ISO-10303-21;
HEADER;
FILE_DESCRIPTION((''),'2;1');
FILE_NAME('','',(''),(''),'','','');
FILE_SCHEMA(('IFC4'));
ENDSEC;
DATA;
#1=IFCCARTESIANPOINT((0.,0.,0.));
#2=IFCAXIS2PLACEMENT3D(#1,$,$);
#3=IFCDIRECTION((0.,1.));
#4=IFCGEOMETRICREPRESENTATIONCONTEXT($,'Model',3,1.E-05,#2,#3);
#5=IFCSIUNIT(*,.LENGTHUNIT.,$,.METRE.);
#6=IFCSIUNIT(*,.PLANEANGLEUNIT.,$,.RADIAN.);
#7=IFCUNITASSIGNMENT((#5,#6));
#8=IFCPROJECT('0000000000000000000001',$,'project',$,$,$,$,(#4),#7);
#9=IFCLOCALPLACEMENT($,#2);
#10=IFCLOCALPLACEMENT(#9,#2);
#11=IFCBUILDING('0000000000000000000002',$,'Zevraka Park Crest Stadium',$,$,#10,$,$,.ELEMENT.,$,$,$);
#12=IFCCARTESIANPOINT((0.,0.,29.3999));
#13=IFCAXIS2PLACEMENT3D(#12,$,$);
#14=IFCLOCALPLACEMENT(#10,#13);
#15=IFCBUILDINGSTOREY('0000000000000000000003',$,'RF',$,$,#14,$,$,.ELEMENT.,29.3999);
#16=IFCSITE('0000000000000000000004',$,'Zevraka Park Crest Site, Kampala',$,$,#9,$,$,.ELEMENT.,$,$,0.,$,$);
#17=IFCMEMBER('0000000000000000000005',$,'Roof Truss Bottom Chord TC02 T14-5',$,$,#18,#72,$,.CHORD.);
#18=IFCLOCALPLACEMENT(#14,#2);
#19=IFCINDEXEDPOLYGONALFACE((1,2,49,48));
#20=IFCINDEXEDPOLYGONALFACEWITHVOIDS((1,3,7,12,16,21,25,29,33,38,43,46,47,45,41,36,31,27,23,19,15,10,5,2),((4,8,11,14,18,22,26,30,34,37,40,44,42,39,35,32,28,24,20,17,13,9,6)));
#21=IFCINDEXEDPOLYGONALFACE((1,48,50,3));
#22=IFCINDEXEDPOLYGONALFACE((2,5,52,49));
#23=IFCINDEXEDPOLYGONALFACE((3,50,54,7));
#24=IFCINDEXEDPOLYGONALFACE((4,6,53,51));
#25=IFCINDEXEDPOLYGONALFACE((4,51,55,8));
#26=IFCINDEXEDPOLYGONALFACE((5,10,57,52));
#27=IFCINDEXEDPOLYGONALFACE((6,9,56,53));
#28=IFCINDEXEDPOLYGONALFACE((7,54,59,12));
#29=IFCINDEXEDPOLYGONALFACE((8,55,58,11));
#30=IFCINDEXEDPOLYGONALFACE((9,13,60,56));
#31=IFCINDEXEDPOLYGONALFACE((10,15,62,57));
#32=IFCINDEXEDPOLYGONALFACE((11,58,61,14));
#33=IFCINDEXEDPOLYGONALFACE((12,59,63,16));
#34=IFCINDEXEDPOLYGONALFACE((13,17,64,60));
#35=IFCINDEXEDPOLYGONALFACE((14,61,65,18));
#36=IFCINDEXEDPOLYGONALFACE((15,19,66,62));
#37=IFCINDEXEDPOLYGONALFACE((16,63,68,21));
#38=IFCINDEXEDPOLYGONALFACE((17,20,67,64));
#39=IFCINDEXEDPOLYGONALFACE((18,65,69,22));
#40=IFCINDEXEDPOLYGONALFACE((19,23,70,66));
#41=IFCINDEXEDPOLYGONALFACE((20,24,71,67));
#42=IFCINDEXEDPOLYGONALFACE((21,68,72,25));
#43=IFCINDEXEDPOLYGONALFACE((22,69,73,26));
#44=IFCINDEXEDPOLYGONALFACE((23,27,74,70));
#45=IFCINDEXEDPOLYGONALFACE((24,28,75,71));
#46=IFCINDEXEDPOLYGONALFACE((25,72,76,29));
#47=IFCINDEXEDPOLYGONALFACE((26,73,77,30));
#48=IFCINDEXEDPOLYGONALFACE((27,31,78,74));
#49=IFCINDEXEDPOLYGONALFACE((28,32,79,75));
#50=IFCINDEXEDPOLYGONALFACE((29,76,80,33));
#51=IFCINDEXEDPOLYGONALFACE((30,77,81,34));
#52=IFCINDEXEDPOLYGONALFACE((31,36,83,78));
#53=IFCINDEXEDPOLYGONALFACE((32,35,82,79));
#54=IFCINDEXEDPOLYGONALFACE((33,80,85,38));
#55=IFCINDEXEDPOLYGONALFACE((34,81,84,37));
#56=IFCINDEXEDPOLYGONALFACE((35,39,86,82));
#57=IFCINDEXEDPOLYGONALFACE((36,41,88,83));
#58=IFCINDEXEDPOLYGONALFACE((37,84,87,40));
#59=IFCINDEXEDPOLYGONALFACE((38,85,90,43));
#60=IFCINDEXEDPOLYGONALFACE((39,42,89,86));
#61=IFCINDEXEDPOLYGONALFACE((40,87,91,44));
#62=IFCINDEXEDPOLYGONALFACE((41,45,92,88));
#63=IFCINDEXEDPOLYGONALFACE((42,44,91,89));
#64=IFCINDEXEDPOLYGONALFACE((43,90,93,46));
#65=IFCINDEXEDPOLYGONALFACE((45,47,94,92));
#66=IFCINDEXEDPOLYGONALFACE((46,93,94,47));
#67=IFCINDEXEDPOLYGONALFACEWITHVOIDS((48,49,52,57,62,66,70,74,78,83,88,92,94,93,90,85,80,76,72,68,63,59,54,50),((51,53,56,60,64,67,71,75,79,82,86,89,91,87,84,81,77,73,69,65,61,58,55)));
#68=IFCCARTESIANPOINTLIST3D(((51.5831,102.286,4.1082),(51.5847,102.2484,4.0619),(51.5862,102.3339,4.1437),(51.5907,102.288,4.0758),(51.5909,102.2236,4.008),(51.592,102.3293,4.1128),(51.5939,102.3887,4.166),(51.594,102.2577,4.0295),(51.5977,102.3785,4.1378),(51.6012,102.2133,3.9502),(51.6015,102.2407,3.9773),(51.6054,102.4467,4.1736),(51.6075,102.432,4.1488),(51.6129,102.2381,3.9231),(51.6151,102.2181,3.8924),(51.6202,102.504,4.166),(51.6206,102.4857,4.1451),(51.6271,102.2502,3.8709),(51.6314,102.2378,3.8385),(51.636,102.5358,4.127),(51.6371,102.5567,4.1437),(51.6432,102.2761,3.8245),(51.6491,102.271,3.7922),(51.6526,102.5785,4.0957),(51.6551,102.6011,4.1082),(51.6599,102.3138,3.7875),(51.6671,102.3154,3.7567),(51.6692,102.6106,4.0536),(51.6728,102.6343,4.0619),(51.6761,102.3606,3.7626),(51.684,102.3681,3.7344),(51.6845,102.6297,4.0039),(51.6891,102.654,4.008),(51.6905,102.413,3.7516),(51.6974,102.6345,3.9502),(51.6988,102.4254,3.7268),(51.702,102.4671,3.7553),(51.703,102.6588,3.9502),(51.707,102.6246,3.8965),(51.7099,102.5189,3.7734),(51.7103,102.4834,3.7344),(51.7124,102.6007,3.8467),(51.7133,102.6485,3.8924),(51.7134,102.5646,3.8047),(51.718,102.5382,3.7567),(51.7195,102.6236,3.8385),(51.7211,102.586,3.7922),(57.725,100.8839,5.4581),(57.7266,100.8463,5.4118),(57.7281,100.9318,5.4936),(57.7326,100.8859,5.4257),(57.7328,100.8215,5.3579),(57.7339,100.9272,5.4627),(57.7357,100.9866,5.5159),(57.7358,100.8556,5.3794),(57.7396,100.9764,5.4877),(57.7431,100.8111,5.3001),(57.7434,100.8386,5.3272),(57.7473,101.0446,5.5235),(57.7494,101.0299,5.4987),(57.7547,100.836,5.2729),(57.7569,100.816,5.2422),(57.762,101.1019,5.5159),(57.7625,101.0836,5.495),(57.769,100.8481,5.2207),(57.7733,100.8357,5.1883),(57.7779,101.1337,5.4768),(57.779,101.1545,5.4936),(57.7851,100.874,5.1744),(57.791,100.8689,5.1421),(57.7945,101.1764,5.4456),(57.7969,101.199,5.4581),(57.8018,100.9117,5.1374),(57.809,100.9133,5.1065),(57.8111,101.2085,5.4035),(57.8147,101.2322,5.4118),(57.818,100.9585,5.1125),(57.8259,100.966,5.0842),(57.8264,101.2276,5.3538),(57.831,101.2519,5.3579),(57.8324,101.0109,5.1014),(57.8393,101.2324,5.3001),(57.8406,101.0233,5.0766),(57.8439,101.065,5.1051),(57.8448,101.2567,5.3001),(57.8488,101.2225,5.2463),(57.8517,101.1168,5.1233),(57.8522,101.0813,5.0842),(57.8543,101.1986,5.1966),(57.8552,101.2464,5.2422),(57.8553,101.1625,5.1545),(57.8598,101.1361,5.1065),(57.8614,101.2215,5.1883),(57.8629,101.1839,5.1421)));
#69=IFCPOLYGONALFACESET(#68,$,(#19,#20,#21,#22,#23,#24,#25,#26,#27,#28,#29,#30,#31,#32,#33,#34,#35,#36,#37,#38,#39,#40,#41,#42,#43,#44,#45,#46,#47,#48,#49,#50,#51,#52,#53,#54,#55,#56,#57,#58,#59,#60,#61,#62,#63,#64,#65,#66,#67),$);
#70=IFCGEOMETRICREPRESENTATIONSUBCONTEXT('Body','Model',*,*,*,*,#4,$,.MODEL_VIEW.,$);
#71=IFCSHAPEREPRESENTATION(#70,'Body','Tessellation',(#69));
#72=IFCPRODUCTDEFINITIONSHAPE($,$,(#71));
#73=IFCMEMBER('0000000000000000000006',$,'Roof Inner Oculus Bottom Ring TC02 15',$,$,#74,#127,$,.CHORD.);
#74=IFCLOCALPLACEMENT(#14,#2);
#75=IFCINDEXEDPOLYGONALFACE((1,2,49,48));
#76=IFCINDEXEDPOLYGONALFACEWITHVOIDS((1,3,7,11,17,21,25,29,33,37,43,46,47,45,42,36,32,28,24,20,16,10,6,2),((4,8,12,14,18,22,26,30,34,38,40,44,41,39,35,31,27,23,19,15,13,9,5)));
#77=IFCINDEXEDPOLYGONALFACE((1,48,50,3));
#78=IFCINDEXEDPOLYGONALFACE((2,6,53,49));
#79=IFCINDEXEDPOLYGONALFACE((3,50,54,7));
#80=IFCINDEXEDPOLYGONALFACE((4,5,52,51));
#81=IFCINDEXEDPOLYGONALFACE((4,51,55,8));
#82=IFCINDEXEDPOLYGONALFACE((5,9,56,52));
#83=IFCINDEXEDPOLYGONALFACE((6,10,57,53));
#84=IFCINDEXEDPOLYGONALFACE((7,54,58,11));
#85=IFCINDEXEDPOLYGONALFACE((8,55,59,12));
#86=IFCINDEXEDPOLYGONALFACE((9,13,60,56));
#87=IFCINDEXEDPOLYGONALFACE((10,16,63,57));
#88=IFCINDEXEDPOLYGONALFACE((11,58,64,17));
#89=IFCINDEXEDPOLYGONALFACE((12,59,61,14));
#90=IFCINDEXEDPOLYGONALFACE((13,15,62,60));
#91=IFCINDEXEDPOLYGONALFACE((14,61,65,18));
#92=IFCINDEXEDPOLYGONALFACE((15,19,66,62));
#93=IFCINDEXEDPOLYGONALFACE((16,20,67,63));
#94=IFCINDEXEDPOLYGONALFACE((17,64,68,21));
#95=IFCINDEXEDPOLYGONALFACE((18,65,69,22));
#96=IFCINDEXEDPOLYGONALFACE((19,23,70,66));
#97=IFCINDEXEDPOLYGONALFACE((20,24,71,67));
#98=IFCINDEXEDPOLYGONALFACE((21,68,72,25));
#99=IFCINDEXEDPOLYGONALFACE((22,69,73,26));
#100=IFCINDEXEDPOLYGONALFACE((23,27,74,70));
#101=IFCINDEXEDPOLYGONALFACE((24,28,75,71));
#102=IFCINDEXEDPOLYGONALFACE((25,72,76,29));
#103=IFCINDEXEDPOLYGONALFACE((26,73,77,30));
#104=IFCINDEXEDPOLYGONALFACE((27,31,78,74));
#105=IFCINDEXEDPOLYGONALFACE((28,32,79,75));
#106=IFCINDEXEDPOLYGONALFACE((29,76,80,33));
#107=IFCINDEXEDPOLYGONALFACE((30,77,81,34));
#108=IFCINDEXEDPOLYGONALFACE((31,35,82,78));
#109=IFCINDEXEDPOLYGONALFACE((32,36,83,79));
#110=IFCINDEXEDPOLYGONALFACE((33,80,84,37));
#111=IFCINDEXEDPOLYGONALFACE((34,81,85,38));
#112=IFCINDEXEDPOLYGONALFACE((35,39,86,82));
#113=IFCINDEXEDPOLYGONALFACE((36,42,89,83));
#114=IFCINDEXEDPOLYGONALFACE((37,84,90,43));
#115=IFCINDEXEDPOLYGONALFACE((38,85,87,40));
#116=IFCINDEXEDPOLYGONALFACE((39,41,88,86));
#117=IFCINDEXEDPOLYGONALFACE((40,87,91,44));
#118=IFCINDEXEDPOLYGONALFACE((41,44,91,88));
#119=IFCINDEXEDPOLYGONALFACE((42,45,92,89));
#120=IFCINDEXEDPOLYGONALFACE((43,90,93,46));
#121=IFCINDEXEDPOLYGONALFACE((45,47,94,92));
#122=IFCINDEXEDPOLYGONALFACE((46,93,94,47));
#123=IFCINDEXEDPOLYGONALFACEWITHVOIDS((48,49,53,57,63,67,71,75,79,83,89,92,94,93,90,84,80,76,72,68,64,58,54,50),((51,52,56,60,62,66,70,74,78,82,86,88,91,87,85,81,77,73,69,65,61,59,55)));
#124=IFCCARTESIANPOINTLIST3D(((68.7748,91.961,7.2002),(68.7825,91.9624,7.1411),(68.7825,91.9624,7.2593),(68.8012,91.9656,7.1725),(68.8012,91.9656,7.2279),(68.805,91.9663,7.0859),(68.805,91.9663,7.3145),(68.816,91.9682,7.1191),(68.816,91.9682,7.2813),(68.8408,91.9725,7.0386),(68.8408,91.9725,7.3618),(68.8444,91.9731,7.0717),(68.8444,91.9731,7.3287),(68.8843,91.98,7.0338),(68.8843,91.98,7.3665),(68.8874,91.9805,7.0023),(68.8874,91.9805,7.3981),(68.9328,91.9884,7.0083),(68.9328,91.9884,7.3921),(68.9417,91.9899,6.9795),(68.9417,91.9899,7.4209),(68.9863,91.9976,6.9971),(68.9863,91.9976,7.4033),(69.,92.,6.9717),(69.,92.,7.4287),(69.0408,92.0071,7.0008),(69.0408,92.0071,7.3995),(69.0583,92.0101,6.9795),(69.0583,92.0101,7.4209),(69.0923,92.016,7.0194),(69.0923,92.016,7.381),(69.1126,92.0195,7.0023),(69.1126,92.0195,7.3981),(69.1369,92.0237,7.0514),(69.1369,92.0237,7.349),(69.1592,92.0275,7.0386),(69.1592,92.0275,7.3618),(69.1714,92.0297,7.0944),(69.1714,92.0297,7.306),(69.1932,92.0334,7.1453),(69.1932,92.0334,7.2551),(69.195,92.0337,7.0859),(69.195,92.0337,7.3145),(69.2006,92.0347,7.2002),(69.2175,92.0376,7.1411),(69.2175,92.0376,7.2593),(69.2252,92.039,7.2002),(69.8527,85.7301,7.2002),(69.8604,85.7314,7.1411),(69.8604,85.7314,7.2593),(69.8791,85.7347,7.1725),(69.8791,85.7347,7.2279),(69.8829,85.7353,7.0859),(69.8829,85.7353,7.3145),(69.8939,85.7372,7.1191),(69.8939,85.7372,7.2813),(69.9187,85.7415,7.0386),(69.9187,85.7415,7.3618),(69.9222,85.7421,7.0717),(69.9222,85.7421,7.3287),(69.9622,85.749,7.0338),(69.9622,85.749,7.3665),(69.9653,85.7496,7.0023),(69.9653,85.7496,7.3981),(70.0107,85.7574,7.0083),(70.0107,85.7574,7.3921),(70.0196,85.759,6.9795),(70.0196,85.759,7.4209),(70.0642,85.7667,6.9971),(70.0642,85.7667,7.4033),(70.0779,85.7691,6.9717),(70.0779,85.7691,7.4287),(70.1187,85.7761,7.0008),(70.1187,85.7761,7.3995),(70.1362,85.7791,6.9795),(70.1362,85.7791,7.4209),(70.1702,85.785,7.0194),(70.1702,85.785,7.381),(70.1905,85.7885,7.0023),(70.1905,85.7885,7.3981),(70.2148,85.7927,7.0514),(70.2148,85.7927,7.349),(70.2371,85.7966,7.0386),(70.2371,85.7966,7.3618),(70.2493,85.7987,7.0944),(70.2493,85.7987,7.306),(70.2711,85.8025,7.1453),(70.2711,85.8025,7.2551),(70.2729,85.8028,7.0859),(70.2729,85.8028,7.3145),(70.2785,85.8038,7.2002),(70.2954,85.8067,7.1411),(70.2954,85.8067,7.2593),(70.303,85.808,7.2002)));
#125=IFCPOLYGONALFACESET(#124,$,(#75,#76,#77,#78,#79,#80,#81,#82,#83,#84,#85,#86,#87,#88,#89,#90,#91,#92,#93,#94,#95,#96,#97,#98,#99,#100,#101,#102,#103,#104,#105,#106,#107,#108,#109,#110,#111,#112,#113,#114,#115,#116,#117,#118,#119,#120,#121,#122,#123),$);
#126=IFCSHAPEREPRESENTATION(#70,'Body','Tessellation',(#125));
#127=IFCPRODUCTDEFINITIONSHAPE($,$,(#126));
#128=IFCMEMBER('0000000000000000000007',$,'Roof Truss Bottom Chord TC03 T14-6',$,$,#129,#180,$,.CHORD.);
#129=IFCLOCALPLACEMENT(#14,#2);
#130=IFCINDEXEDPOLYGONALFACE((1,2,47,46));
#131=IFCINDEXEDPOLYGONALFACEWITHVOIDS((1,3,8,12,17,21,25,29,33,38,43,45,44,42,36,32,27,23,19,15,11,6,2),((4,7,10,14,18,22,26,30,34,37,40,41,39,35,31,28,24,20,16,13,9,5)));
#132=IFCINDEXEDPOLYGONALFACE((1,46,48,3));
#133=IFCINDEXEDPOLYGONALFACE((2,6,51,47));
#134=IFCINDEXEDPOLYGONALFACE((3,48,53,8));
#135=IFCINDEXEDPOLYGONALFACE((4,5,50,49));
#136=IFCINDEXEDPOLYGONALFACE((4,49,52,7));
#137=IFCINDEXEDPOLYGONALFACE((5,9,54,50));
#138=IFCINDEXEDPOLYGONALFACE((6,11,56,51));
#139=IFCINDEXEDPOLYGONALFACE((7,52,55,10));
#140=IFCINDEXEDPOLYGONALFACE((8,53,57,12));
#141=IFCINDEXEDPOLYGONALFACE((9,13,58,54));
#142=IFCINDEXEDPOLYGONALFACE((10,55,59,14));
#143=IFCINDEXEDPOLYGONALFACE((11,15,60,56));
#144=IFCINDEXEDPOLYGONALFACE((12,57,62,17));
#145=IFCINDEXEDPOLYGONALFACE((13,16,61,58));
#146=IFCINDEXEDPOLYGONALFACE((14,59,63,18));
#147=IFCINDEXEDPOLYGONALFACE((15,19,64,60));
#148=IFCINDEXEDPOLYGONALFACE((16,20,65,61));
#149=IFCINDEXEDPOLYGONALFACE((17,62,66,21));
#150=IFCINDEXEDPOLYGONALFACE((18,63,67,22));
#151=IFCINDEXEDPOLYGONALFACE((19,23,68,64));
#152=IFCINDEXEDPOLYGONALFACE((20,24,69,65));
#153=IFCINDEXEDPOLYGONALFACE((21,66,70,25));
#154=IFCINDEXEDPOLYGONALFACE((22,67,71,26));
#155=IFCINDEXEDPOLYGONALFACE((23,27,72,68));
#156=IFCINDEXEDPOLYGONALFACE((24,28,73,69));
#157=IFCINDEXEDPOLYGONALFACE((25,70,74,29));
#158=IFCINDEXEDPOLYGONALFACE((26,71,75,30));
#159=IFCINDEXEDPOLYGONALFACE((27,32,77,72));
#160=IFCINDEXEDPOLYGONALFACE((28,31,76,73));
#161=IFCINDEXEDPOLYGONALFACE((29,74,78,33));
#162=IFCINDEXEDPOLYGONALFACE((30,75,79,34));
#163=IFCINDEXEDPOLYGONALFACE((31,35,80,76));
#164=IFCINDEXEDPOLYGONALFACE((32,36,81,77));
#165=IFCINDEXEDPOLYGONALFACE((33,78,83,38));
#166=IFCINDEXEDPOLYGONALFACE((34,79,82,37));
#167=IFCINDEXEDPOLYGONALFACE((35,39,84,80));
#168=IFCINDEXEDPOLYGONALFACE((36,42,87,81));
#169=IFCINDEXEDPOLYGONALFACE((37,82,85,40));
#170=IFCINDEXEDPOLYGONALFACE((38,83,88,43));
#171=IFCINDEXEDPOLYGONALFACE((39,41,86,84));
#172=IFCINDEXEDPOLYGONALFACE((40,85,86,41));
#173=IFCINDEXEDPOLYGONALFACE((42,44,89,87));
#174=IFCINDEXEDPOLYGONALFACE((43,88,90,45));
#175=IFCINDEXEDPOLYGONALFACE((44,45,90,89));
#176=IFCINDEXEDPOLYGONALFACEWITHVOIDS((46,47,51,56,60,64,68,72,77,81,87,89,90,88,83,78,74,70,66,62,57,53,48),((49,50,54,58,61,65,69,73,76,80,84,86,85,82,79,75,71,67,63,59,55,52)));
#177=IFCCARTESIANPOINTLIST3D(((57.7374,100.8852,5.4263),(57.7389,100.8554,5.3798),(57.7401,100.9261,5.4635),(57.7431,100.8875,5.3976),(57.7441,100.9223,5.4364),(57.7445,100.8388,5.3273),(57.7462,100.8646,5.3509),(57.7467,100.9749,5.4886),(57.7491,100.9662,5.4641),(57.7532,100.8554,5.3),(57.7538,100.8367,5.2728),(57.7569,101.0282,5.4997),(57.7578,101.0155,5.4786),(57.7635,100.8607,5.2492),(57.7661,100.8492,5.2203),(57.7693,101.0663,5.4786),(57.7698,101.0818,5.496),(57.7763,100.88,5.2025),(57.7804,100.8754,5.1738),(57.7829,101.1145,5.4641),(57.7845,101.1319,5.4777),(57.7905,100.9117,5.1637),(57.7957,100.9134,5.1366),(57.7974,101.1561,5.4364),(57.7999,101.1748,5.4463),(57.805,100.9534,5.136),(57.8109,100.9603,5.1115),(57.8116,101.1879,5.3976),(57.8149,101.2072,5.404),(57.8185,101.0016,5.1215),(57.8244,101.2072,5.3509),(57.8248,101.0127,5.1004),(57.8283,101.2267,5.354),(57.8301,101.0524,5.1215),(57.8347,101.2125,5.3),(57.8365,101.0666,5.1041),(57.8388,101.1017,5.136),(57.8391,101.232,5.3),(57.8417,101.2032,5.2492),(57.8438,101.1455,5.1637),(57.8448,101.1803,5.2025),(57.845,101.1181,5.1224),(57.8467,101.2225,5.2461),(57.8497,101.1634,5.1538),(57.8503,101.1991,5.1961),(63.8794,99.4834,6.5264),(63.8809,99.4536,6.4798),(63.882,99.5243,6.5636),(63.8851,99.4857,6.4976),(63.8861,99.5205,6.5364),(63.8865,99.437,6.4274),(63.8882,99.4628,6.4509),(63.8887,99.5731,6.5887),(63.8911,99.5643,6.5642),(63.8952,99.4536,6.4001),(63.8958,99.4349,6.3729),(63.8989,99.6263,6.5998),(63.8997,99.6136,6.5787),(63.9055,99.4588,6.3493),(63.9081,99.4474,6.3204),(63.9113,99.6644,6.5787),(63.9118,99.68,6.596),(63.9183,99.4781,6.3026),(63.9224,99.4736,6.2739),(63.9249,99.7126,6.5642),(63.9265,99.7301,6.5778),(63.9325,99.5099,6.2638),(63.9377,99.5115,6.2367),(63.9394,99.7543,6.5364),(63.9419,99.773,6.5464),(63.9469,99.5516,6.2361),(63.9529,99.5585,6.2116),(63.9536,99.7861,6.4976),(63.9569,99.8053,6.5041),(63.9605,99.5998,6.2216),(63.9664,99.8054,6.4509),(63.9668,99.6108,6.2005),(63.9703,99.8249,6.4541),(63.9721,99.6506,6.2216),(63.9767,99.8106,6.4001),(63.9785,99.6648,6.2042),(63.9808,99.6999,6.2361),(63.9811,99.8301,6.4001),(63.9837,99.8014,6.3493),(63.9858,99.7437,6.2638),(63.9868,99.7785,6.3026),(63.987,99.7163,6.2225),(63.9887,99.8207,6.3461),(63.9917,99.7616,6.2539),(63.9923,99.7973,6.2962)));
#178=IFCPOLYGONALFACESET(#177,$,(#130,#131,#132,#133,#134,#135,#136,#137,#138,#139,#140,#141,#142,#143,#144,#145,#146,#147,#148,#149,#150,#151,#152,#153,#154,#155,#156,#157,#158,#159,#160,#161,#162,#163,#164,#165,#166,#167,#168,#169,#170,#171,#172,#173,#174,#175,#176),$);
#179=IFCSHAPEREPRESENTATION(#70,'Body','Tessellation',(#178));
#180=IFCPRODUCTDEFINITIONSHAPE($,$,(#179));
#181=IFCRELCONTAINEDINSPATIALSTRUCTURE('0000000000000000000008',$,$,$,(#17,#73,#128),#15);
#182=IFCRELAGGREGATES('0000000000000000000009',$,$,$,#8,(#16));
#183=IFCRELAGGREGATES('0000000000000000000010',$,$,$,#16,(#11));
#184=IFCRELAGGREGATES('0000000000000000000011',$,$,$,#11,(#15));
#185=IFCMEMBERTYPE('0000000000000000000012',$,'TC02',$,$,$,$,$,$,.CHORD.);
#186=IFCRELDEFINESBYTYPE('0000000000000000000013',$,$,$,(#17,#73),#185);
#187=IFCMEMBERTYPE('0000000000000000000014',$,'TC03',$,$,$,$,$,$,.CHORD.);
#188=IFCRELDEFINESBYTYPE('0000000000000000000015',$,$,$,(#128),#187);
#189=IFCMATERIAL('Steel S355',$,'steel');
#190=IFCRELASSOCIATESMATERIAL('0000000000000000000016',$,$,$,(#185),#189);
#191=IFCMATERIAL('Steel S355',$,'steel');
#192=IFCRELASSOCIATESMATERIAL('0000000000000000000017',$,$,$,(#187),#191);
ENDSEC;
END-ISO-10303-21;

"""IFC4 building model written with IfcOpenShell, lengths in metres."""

from ifc_helpers import new_model, si_unit, direction, frame, origin, origin_2d, place, context, subcontext, project, spatial, hollow_circle, extrude, material, material_profile, profile_set, type_object, element, save


model = new_model("IFC4")

# Units and contexts
model_context = context("Model", 3, precision=1e-05, world=origin(), true_north=direction((0.0, 1.0)))
body_context = subcontext(model_context, "Body", "Model", "MODEL_VIEW")
ifc_project = project(units=[si_unit("LENGTHUNIT", "METRE"), si_unit("PLANEANGLEUNIT", "RADIAN")], contexts=[model_context])

# Site, building, storey
site_placement = place(None, origin())
site = spatial("IfcSite", under=ifc_project, at=site_placement, Name="Zevraka Park Crest Site, Kampala", CompositionType="ELEMENT", RefElevation=0.0)
building_placement = place(site_placement, origin())
building = spatial("IfcBuilding", under=site, at=building_placement, Name="Zevraka Park Crest Stadium", CompositionType="ELEMENT")
storey_placement = place(building_placement, frame((0.0, 0.0, 29.3999)))
storey = spatial("IfcBuildingStorey", under=building, at=storey_placement, Name="RF", CompositionType="ELEMENT", Elevation=29.3999)

# Members
ifc_material_1 = material(Name="Steel S355", Category="steel")
ifc_material_profile_1 = material_profile(ifc_material_1, hollow_circle(Radius=0.2285, WallThickness=0.0249, at=origin_2d()), Name="CHS 457.0x25")
ifc_profile_set_1 = profile_set([ifc_material_profile_1], Name="Steel S355")
member_type_1 = type_object("IfcMemberType", Name="TC02", PredefinedType="CHORD", material=ifc_profile_set_1)
member_1_placement = place(storey_placement, frame((51.6521, 102.436, 3.9502), z_axis=(0.953282, -0.217621, 0.209512), x_axis=(0.222561, 0.974919, 0.0)))
element("IfcMember", 1, at=member_1_placement, inside=storey, type_object=member_type_1, Name="Roof Truss Bottom Chord TC02 T14-5", PredefinedType="CHORD", context=body_context, shape_type="SweptSolid", body=[
    extrude(hollow_circle(Radius=0.2285, WallThickness=0.0249, at=origin_2d()), origin(), (0.0, 0.0, 1.0), 6.4429),
])
member_2_placement = place(storey_placement, frame((69.0, 92.0, 7.2002), z_axis=(0.170456, -0.985365, 0.0), x_axis=(0.985365, 0.170456, 0.0)))
element("IfcMember", 2, at=member_2_placement, inside=storey, type_object=member_type_1, Name="Roof Inner Oculus Bottom Ring TC02 15", PredefinedType="CHORD", context=body_context, shape_type="SweptSolid", body=[
    extrude(hollow_circle(Radius=0.2285, WallThickness=0.0249, at=origin_2d()), origin(), (0.0, 0.0, 1.0), 6.3235),
])
ifc_material_2 = material(Name="Steel S355", Category="steel")
ifc_material_profile_2 = material_profile(ifc_material_2, hollow_circle(Radius=0.2031, WallThickness=0.02, at=origin_2d()), Name="CHS 406.4x20")
ifc_profile_set_2 = profile_set([ifc_material_profile_2], Name="Steel S355")
member_type_2 = type_object("IfcMemberType", Name="TC03", PredefinedType="CHORD", material=ifc_profile_set_2)
member_3_placement = place(storey_placement, frame((57.7939, 101.0339, 5.3), z_axis=(0.960397, -0.219199, 0.172015), x_axis=(0.222515, 0.974929, 0.0)))
element("IfcMember", 3, at=member_3_placement, inside=storey, type_object=member_type_2, Name="Roof Truss Bottom Chord TC03 T14-6", PredefinedType="CHORD", context=body_context, shape_type="SweptSolid", body=[
    extrude(hollow_circle(Radius=0.2031, WallThickness=0.02, at=origin_2d()), origin(), (0.0, 0.0, 1.0), 6.3953),
])

save(model, "model.ifc")
